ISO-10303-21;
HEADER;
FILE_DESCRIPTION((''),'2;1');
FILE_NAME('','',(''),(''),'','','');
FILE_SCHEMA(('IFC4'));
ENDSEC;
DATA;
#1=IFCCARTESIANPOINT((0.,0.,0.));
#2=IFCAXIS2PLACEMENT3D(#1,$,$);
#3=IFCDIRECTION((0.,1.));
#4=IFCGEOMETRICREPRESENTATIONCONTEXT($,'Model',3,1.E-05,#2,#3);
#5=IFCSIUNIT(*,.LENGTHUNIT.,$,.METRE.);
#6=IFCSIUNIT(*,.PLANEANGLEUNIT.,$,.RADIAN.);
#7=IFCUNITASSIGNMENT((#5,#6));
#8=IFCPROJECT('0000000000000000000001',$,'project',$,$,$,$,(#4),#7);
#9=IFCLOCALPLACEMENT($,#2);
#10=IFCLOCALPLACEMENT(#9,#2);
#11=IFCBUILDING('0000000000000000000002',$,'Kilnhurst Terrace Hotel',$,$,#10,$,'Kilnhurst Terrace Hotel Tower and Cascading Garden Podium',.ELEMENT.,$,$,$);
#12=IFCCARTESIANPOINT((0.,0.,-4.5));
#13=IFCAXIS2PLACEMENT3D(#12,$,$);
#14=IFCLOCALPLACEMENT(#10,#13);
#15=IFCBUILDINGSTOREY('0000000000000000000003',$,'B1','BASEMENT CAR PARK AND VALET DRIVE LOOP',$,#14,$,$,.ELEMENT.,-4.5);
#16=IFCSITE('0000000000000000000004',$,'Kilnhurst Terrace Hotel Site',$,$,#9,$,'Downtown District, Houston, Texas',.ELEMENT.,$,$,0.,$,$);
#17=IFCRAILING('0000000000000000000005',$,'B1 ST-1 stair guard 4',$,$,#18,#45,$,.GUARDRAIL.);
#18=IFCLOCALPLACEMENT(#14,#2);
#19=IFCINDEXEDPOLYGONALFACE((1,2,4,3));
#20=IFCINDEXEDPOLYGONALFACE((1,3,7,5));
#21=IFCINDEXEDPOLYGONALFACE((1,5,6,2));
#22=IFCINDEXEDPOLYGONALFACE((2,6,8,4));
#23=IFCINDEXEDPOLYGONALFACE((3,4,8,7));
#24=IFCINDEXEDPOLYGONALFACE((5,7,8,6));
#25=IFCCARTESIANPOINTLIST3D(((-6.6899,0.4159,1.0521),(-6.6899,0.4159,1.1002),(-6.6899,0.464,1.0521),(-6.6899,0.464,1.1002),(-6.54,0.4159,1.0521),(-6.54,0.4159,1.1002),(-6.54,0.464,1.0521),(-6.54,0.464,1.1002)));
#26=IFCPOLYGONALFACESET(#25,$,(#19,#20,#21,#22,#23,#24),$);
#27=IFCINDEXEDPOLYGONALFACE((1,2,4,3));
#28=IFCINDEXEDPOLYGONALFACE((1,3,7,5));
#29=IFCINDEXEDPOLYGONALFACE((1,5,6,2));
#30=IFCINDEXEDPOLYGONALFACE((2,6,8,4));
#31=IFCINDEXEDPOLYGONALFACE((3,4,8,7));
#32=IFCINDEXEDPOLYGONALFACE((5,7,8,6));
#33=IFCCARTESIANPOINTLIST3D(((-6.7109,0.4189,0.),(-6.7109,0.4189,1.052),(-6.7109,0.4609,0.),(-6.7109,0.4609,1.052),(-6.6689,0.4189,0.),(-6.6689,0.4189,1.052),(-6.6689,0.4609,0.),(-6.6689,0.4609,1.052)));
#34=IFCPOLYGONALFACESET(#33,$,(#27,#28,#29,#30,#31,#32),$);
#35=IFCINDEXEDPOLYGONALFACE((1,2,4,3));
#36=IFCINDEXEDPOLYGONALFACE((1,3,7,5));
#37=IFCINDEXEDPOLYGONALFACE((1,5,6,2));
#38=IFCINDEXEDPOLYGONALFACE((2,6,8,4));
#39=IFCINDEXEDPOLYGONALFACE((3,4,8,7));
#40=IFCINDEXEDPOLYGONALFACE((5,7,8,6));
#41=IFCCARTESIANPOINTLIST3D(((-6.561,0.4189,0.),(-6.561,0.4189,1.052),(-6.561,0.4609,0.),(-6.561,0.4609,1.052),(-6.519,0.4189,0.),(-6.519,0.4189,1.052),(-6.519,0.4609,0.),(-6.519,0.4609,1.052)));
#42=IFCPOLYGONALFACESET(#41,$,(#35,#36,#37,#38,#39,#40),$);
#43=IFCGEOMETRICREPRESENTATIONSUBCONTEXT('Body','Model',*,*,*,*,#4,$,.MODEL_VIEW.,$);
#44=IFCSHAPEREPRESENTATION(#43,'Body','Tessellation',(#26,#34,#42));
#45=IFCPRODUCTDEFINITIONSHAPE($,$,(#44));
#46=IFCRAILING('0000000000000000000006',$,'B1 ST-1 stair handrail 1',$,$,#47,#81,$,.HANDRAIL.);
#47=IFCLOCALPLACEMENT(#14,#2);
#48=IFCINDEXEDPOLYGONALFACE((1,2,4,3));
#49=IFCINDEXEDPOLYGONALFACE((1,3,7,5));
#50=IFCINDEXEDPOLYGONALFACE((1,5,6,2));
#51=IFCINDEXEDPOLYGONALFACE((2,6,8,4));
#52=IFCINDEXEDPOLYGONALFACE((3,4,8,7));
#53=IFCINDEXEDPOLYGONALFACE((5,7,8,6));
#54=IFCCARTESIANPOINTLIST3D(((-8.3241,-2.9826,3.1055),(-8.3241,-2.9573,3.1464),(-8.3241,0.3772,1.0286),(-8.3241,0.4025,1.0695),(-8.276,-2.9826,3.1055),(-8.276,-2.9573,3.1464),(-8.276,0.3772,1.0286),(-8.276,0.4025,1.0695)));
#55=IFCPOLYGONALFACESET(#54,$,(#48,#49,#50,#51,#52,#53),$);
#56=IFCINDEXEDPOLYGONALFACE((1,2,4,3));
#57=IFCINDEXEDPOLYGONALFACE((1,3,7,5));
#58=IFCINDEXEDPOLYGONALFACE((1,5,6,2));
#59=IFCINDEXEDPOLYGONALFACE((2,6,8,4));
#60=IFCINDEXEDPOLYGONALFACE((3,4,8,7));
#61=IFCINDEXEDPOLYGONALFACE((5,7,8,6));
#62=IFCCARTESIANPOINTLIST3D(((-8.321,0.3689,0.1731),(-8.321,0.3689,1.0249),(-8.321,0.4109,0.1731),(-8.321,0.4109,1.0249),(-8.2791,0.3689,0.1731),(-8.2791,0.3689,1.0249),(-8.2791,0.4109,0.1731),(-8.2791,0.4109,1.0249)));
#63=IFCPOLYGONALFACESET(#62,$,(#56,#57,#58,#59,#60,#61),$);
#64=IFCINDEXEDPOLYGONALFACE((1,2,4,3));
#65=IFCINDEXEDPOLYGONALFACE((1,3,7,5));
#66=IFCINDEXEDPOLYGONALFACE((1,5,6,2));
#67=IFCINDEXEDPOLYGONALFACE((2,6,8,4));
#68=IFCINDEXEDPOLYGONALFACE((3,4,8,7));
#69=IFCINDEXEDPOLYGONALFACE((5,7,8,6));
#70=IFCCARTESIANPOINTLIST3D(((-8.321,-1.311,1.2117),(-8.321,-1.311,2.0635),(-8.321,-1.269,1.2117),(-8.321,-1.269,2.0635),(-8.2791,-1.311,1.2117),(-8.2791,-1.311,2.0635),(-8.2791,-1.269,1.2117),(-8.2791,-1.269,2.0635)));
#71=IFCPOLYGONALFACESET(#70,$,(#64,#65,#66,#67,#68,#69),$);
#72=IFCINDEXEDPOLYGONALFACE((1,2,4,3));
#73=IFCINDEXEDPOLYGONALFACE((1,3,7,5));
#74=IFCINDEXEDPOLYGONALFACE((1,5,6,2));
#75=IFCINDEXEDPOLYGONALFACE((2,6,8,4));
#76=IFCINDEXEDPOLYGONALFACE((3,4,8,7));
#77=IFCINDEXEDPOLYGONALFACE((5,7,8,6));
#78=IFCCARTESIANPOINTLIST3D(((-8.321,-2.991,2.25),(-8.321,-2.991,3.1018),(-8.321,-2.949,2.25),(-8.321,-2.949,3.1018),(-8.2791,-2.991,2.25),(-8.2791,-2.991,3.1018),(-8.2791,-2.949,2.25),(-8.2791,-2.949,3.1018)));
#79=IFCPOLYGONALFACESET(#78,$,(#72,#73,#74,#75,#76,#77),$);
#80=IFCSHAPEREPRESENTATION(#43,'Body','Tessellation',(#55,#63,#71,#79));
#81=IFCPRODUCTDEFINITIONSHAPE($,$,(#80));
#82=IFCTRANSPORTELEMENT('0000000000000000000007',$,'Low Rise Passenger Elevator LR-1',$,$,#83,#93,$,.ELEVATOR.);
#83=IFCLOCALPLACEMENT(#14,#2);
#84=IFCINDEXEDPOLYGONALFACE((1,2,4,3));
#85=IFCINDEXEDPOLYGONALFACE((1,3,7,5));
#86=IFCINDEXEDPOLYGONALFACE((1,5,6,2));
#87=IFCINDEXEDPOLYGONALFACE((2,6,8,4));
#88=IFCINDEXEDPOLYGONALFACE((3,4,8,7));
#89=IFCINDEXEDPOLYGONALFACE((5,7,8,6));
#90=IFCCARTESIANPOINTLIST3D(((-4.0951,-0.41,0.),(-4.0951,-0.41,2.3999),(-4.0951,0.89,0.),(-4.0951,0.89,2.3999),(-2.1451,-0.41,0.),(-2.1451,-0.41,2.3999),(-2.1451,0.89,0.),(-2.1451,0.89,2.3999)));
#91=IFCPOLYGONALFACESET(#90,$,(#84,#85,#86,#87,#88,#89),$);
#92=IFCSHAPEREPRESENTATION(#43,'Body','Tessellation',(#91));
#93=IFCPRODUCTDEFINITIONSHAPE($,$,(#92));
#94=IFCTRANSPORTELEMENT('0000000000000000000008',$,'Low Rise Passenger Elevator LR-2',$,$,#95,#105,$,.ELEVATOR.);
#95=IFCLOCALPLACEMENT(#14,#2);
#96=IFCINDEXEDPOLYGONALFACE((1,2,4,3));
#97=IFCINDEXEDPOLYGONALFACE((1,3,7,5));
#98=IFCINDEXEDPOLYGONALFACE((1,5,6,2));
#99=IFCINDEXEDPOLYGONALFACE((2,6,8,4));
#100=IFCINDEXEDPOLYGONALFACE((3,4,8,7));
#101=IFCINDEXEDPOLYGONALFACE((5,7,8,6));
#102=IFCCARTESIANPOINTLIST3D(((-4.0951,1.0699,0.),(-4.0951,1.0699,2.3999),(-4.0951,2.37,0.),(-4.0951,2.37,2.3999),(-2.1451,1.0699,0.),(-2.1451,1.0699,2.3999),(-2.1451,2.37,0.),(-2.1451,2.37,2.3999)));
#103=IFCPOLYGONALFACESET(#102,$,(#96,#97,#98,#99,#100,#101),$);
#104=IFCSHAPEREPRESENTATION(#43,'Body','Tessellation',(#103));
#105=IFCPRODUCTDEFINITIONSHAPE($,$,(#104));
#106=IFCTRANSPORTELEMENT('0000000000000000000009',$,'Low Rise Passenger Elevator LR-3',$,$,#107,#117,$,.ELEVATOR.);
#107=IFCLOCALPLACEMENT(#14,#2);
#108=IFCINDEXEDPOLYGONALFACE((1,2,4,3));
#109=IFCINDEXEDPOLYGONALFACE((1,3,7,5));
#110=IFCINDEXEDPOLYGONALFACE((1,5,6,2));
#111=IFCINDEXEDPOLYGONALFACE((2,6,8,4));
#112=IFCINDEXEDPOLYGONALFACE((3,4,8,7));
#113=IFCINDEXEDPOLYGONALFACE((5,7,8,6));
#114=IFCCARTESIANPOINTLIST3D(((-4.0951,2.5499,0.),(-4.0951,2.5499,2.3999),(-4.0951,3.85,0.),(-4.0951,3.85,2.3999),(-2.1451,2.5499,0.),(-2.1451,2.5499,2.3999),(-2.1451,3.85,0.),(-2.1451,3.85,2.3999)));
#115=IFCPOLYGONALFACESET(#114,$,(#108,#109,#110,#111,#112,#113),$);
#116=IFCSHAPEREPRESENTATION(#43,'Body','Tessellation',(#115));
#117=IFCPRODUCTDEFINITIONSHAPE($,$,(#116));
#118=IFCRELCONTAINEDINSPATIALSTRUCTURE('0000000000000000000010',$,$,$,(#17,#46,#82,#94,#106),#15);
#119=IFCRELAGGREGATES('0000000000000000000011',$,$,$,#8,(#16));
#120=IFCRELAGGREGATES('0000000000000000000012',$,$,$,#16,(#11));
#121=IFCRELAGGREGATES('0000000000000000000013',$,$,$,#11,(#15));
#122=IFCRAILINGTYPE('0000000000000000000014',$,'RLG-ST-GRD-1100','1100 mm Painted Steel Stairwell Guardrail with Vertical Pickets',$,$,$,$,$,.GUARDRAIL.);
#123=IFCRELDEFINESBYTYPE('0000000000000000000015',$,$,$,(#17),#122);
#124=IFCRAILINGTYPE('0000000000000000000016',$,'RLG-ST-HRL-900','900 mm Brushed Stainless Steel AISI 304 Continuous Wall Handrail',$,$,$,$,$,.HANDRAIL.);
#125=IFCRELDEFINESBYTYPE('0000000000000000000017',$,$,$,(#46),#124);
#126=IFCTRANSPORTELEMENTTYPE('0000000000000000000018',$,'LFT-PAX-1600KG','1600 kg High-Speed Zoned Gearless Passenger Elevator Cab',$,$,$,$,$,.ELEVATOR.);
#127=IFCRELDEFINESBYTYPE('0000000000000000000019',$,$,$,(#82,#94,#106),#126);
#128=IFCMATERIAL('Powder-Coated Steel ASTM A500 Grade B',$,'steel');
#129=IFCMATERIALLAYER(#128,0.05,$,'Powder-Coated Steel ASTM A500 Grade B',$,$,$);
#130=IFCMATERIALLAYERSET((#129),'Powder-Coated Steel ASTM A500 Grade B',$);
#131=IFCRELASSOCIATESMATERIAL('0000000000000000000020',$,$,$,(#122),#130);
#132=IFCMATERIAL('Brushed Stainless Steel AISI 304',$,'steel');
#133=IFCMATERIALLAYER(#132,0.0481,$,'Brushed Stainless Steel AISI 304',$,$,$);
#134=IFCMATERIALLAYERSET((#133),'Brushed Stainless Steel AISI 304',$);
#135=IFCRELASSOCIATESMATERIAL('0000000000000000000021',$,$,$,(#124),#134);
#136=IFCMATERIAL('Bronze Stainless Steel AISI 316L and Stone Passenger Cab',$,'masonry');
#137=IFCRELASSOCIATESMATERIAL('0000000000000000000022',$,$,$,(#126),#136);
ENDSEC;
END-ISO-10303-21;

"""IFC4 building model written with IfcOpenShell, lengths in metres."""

from ifc_helpers import new_model, si_unit, direction, frame, origin, origin_2d, place, context, subcontext, project, spatial, rectangle, extrude, material, layer, layer_set, type_object, element, save


model = new_model("IFC4")

# Units and contexts
model_context = context("Model", 3, precision=1e-05, world=origin(), true_north=direction((0.0, 1.0)))
body_context = subcontext(model_context, "Body", "Model", "MODEL_VIEW")
ifc_project = project(units=[si_unit("LENGTHUNIT", "METRE"), si_unit("PLANEANGLEUNIT", "RADIAN")], contexts=[model_context])

# Site, building, storey
site_placement = place(None, origin())
site = spatial("IfcSite", under=ifc_project, at=site_placement, Name="Kilnhurst Terrace Hotel Site", LongName="Downtown District, Houston, Texas", CompositionType="ELEMENT", RefElevation=0.0)
building_placement = place(site_placement, origin())
building = spatial("IfcBuilding", under=site, at=building_placement, Name="Kilnhurst Terrace Hotel", LongName="Kilnhurst Terrace Hotel Tower and Cascading Garden Podium", CompositionType="ELEMENT")
storey_placement = place(building_placement, frame((0.0, 0.0, -4.5)))
storey = spatial("IfcBuildingStorey", under=building, at=storey_placement, Name="B1", Description="BASEMENT CAR PARK AND VALET DRIVE LOOP", CompositionType="ELEMENT", Elevation=-4.5)

# Railings
ifc_material_1 = material(Name="Powder-Coated Steel ASTM A500 Grade B", Category="steel")
ifc_layer_1 = layer(ifc_material_1, 0.05, Name="Powder-Coated Steel ASTM A500 Grade B")
ifc_layer_set_1 = layer_set([ifc_layer_1], Name="Powder-Coated Steel ASTM A500 Grade B")
railing_type_1 = type_object("IfcRailingType", Name="RLG-ST-GRD-1100", Description="1100 mm Painted Steel Stairwell Guardrail with Vertical Pickets", PredefinedType="GUARDRAIL", material=ifc_layer_set_1)
railing_1_placement = place(storey_placement, frame((-6.6899, 0.4399, 0.0)))
element("IfcRailing", 1, at=railing_1_placement, inside=storey, type_object=railing_type_1, Name="B1 ST-1 stair guard 4", PredefinedType="GUARDRAIL", context=body_context, shape_type="SweptSolid", body=[
    extrude(rectangle(XDim=0.0481, YDim=0.0481, at=origin_2d()), frame((0.0, 0.0, 1.0762), z_axis=(1.0, 0.0, 0.0), x_axis=(0.0, 1.0, 0.0)), (0.0, 0.0, 1.0), 0.1499),
    extrude(rectangle(XDim=0.042, YDim=0.042, at=origin_2d()), origin(), (0.0, 0.0, 1.0), 1.052),
    extrude(rectangle(XDim=0.042, YDim=0.042, at=origin_2d()), frame((0.1499, 0.0, 0.0)), (0.0, 0.0, 1.0), 1.052),
])
ifc_material_2 = material(Name="Brushed Stainless Steel AISI 304", Category="steel")
ifc_layer_2 = layer(ifc_material_2, 0.0481, Name="Brushed Stainless Steel AISI 304")
ifc_layer_set_2 = layer_set([ifc_layer_2], Name="Brushed Stainless Steel AISI 304")
railing_type_2 = type_object("IfcRailingType", Name="RLG-ST-HRL-900", Description="900 mm Brushed Stainless Steel AISI 304 Continuous Wall Handrail", PredefinedType="HANDRAIL", material=ifc_layer_set_2)
railing_2_placement = place(storey_placement, frame((-8.3, 0.3899, 0.1731)))
element("IfcRailing", 2, at=railing_2_placement, inside=storey, type_object=railing_type_2, Name="B1 ST-1 stair handrail 1", PredefinedType="HANDRAIL", context=body_context, shape_type="SweptSolid", body=[
    extrude(rectangle(XDim=0.0481, YDim=0.0481, at=origin_2d()), frame((0.0, 0.0, 0.876), z_axis=(0.0, -0.850606, 0.525803), x_axis=(1.0, 0.0, 0.0)), (0.0, 0.0, 1.0), 3.95),
    extrude(rectangle(XDim=0.042, YDim=0.042, at=origin_2d()), origin(), (0.0, 0.0, 1.0), 0.8518),
    extrude(rectangle(XDim=0.042, YDim=0.042, at=origin_2d()), frame((0.0, -1.6799, 1.0386)), (0.0, 0.0, 1.0), 0.8518),
    extrude(rectangle(XDim=0.042, YDim=0.042, at=origin_2d()), frame((0.0, -3.3599, 2.0769)), (0.0, 0.0, 1.0), 0.8518),
])

# Transport elements
ifc_material_3 = material(Name="Bronze Stainless Steel AISI 316L and Stone Passenger Cab", Category="masonry")
transport_element_type = type_object("IfcTransportElementType", Name="LFT-PAX-1600KG", Description="1600 kg High-Speed Zoned Gearless Passenger Elevator Cab", PredefinedType="ELEVATOR", material=ifc_material_3)
for number, where, z_axis, x_axis, name in (
    (3, (-3.1201, 0.24, 0.0), (0.0, 0.0, 1.0), (1.0, 0.0, 0.0), "Low Rise Passenger Elevator LR-1"),
    (4, (-3.1201, 1.72, 0.0), (0.0, 0.0, 1.0), (1.0, 0.0, 0.0), "Low Rise Passenger Elevator LR-2"),
    (5, (-3.1201, 3.2, 0.0), (0.0, 0.0, 1.0), (1.0, 0.0, 0.0), "Low Rise Passenger Elevator LR-3"),
):
    element("IfcTransportElement", number, at=place(storey_placement, frame(where, z_axis=z_axis, x_axis=x_axis)), inside=storey, type_object=transport_element_type, Name=name, PredefinedType="ELEVATOR", context=body_context, shape_type="SweptSolid", body=[
        extrude(rectangle(XDim=1.95, YDim=1.3, at=origin_2d()), origin(), (0.0, 0.0, 1.0), 2.3999),
    ])

save(model, "model.ifc")
